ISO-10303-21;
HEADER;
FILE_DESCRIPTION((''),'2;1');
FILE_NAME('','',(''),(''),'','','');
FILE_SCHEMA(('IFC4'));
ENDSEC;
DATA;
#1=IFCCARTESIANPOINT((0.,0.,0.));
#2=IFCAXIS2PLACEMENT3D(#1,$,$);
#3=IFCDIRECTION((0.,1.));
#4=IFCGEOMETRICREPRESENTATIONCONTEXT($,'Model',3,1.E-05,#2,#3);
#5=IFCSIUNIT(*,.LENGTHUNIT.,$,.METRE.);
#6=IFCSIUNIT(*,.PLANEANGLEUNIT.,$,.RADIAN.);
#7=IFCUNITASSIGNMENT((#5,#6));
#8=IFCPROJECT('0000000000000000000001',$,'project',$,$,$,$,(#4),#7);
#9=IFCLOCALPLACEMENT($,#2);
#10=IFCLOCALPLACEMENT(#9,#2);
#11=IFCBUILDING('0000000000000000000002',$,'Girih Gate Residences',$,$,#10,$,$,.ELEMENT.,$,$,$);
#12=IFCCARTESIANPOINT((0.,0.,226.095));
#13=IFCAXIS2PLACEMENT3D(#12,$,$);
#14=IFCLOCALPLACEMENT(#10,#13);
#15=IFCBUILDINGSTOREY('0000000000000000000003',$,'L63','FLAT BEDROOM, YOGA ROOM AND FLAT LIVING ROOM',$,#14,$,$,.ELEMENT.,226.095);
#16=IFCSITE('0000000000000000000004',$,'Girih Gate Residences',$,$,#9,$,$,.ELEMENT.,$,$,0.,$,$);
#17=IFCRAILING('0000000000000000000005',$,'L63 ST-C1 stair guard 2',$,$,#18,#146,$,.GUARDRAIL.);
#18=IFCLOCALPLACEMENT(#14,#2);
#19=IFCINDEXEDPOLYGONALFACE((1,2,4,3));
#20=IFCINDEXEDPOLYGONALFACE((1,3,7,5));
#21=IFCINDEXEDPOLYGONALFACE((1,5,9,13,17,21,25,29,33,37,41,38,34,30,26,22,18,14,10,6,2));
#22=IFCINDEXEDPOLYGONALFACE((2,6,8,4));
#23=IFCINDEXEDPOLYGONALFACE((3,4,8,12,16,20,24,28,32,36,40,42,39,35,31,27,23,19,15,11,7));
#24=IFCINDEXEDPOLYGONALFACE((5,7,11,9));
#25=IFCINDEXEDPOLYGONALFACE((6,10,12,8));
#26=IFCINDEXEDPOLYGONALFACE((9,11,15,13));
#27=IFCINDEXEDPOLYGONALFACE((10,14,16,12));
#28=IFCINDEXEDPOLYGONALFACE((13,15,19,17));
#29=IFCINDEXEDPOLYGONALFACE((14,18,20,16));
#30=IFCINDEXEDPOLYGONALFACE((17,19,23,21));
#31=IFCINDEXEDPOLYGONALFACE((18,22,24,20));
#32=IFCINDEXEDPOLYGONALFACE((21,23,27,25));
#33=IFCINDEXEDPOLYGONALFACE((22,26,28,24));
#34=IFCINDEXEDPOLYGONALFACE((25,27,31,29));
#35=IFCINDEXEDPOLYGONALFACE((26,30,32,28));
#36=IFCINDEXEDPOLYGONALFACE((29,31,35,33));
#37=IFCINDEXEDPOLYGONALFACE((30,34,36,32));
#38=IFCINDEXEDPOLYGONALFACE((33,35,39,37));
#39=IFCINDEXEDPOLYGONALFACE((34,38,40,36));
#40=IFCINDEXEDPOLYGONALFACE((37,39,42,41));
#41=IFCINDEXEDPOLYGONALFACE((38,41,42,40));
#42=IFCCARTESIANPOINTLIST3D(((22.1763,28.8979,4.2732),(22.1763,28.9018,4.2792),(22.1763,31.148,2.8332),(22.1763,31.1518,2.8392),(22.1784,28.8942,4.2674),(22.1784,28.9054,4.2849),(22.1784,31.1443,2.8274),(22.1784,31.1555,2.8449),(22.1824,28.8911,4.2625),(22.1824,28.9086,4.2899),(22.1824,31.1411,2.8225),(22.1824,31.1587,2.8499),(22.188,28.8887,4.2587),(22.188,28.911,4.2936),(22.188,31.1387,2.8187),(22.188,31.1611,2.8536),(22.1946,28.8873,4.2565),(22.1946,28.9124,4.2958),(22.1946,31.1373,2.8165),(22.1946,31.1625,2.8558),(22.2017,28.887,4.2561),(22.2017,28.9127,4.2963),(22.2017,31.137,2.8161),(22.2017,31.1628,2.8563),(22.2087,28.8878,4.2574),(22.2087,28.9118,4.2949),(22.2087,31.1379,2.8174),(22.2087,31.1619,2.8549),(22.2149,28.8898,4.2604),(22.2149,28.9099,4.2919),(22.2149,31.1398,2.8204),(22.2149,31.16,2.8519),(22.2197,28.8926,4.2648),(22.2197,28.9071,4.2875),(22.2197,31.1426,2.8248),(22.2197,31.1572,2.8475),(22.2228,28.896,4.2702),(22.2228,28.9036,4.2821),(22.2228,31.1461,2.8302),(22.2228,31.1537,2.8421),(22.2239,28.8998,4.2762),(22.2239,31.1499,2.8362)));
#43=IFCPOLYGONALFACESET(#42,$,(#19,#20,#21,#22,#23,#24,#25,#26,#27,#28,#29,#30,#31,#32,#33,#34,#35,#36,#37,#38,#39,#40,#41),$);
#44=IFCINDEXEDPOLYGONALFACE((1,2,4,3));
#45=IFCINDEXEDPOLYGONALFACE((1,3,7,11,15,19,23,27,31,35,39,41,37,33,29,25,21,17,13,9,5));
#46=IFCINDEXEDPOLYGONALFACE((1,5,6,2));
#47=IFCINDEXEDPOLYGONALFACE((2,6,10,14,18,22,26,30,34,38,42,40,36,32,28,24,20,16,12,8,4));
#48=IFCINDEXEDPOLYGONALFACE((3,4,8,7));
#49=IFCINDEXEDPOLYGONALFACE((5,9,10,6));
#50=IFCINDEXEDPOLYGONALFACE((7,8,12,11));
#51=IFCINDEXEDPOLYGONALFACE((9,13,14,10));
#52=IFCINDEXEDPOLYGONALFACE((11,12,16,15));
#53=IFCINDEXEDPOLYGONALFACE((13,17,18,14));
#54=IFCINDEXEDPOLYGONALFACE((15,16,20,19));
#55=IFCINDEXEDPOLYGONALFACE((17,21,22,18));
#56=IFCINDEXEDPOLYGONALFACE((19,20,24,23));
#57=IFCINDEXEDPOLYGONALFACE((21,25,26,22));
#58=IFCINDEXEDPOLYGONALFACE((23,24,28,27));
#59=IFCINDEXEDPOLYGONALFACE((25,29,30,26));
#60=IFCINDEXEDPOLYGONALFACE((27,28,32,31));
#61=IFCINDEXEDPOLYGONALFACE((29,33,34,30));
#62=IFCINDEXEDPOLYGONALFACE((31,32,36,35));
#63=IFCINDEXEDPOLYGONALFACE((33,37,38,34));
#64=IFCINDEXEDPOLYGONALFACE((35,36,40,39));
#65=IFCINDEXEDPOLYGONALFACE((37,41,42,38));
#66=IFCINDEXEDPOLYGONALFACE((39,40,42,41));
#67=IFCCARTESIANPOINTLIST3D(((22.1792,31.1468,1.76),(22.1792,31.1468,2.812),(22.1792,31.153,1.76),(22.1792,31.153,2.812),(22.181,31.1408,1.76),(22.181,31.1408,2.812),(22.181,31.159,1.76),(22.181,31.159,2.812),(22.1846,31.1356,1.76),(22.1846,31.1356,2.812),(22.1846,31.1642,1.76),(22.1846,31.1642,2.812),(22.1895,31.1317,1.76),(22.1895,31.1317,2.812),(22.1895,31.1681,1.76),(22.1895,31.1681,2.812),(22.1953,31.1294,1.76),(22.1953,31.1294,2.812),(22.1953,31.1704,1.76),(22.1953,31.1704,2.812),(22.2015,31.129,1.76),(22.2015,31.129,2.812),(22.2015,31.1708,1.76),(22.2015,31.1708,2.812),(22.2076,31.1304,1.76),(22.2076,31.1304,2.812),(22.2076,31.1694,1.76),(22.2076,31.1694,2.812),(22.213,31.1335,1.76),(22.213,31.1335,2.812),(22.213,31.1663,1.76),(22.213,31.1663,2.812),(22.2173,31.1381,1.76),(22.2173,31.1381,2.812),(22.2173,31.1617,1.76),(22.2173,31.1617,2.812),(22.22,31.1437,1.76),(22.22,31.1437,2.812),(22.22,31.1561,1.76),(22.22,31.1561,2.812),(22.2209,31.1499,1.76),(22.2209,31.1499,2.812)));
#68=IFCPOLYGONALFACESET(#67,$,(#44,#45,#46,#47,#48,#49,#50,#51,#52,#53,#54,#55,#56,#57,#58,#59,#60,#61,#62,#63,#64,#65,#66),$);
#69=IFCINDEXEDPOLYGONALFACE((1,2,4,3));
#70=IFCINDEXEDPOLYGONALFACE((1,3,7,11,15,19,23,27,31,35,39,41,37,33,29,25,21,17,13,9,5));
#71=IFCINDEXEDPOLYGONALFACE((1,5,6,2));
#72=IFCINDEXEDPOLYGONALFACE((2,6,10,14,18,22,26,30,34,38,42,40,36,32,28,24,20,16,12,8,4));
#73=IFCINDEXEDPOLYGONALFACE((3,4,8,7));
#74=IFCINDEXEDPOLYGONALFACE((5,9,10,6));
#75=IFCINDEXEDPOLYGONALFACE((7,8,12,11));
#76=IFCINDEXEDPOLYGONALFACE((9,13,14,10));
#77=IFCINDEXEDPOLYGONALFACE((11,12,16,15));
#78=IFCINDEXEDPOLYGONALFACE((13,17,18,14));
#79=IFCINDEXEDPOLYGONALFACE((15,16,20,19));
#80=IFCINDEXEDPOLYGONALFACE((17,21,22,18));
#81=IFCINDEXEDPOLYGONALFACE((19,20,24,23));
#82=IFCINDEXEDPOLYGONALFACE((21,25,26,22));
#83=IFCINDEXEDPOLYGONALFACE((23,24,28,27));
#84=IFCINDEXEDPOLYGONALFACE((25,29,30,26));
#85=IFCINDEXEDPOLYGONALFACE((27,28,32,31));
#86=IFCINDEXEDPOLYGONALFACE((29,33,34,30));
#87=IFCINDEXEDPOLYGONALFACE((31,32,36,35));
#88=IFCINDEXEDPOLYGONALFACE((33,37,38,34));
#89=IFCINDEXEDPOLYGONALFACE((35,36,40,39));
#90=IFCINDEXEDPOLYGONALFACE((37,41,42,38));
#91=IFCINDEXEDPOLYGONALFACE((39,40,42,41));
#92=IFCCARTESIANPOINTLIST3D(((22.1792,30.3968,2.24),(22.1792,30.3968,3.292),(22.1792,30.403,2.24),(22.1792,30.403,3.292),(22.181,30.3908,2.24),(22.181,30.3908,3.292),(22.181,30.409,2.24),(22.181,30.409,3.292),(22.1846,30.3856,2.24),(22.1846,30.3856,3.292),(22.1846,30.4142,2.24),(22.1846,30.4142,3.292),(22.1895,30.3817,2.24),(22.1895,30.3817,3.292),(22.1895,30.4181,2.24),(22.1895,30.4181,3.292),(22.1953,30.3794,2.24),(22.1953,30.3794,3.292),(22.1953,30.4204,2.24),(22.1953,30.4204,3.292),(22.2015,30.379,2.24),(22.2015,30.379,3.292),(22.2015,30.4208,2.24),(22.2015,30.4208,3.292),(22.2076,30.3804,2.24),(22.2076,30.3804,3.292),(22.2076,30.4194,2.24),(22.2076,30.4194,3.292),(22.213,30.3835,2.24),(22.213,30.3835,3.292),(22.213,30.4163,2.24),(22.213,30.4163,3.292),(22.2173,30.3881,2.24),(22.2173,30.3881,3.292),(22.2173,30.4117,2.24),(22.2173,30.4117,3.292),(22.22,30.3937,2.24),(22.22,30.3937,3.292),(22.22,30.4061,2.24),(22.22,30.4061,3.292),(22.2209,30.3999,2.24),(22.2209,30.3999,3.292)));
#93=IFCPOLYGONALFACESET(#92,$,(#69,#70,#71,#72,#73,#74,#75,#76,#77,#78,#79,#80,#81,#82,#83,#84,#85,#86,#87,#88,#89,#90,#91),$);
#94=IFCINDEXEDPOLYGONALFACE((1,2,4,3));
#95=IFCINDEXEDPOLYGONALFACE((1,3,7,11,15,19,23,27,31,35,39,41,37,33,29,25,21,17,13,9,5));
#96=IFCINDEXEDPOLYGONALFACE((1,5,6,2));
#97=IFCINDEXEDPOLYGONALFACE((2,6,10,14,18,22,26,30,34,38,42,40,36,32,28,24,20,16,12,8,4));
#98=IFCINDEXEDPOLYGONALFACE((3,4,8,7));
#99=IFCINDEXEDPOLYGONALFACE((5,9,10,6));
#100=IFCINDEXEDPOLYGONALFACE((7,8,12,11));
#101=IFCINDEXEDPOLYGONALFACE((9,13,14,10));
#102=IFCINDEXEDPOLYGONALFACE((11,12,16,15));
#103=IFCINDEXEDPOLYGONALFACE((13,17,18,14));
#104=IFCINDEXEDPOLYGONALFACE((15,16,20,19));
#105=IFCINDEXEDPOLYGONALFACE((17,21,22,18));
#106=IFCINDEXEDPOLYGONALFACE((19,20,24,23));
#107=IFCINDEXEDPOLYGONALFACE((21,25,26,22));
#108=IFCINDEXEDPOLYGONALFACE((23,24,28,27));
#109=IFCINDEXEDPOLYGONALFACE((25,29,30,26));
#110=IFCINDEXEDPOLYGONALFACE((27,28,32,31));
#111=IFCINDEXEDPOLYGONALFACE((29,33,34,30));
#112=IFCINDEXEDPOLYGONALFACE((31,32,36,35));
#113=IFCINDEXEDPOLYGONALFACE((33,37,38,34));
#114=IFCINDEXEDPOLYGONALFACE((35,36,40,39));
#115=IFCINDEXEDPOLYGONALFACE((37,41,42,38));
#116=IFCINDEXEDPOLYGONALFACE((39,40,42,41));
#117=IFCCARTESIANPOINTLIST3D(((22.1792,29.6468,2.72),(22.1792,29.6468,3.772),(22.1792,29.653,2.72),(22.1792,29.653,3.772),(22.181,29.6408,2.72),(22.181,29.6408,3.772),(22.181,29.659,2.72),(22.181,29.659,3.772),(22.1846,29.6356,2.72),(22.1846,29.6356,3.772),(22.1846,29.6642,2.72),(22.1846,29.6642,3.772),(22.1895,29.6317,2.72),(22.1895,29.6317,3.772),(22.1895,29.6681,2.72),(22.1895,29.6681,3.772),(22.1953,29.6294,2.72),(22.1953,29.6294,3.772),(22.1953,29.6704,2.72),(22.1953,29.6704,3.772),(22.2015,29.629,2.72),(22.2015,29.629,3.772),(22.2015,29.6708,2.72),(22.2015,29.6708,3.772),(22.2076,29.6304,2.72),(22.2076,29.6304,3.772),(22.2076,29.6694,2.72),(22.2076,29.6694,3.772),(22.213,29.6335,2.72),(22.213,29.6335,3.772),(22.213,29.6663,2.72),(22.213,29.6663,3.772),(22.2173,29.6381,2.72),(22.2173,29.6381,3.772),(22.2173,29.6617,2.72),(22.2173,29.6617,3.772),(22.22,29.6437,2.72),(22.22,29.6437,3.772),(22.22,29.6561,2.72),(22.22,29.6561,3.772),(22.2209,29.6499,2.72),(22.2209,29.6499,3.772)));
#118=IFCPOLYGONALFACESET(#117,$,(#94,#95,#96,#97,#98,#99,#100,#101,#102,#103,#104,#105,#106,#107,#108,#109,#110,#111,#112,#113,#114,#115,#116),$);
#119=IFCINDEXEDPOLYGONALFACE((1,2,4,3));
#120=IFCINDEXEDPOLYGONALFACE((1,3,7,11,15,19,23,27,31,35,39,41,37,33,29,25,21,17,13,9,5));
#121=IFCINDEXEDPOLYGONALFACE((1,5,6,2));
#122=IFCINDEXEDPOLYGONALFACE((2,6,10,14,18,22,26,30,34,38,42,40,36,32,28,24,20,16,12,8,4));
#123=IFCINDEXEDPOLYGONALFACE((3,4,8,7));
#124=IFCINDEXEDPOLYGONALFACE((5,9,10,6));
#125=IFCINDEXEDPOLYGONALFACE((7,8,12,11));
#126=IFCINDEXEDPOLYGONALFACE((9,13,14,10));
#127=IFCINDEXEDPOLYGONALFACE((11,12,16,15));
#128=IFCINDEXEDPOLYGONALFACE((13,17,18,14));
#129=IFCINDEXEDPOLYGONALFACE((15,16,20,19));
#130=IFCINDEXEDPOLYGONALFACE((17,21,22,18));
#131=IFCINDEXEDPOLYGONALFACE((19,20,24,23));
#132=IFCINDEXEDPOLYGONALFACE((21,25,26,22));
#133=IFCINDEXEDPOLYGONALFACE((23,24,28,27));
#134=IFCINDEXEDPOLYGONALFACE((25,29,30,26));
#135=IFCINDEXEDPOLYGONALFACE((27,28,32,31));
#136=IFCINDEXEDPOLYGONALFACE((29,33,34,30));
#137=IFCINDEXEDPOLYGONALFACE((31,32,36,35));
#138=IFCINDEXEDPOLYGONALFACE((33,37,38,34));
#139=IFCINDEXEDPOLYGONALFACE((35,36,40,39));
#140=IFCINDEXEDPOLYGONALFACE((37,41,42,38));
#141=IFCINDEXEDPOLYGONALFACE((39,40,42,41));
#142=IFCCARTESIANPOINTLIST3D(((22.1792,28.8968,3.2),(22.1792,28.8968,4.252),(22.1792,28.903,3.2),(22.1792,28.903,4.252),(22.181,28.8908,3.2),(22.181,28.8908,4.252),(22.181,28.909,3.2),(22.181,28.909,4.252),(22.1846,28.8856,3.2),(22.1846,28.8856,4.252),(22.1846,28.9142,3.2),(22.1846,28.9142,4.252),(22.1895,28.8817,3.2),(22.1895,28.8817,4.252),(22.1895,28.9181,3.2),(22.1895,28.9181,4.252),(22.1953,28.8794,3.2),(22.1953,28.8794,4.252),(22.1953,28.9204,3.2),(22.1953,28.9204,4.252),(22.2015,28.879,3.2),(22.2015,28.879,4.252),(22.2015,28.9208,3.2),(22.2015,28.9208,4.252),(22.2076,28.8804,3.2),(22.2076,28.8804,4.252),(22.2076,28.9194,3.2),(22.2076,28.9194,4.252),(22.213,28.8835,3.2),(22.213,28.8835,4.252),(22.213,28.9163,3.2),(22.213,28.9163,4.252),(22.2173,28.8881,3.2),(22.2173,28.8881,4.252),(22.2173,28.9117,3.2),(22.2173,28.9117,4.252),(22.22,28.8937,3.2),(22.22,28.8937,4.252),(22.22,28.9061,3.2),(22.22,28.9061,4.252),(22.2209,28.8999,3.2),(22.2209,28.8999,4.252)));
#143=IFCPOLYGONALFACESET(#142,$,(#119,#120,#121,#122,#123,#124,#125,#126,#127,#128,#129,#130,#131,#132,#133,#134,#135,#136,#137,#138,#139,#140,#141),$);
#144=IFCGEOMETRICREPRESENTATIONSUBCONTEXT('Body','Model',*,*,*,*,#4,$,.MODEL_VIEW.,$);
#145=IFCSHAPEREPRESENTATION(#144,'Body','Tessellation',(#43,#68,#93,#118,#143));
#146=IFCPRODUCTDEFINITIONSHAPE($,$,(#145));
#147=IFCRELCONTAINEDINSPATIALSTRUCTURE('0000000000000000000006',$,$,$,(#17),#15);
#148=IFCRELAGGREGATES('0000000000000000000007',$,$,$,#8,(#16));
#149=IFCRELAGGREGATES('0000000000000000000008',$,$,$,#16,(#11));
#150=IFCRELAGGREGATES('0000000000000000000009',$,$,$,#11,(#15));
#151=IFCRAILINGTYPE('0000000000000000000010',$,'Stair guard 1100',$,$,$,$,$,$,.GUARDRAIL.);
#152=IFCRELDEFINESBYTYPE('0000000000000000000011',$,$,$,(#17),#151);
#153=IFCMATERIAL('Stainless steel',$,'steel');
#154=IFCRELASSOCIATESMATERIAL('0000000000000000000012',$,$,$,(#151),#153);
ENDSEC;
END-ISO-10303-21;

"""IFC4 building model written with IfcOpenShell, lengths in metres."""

from ifc_helpers import new_model, si_unit, direction, frame, origin, origin_2d, place, context, subcontext, project, spatial, circle, extrude, material, type_object, element, save


model = new_model("IFC4")

# Units and contexts
model_context = context("Model", 3, precision=1e-05, world=origin(), true_north=direction((0.0, 1.0)))
body_context = subcontext(model_context, "Body", "Model", "MODEL_VIEW")
ifc_project = project(units=[si_unit("LENGTHUNIT", "METRE"), si_unit("PLANEANGLEUNIT", "RADIAN")], contexts=[model_context])

# Site, building, storey
site_placement = place(None, origin())
site = spatial("IfcSite", under=ifc_project, at=site_placement, Name="Girih Gate Residences", CompositionType="ELEMENT", RefElevation=0.0)
building_placement = place(site_placement, origin())
building = spatial("IfcBuilding", under=site, at=building_placement, Name="Girih Gate Residences", CompositionType="ELEMENT")
storey_placement = place(building_placement, frame((0.0, 0.0, 226.095)))
storey = spatial("IfcBuildingStorey", under=building, at=storey_placement, Name="L63", Description="FLAT BEDROOM, YOGA ROOM AND FLAT LIVING ROOM", CompositionType="ELEMENT", Elevation=226.095)

# Railing
ifc_material_1 = material(Name="Stainless steel", Category="steel")
railing_type_1 = type_object("IfcRailingType", Name="Stair guard 1100", PredefinedType="GUARDRAIL", material=ifc_material_1)
railing_1_placement = place(storey_placement, frame((22.2, 31.1499, 1.76)))
element("IfcRailing", 1, at=railing_1_placement, inside=storey, type_object=railing_type_1, Name="L63 ST-C1 stair guard 2", PredefinedType="GUARDRAIL", context=body_context, shape_type="SweptSolid", body=[
    extrude(circle(Radius=0.0239, at=origin_2d()), frame((0.0, 0.0, 1.0762), z_axis=(0.0, -0.842281, 0.539038), x_axis=(1.0, 0.0, 0.0)), (0.0, 0.0, 1.0), 2.6714),
    extrude(circle(Radius=0.021, at=origin_2d()), origin(), (0.0, 0.0, 1.0), 1.052),
    extrude(circle(Radius=0.021, at=origin_2d()), frame((0.0, -0.75, 0.48)), (0.0, 0.0, 1.0), 1.052),
    extrude(circle(Radius=0.021, at=origin_2d()), frame((0.0, -1.5, 0.96)), (0.0, 0.0, 1.0), 1.052),
    extrude(circle(Radius=0.021, at=origin_2d()), frame((0.0, -2.25, 1.4399)), (0.0, 0.0, 1.0), 1.052),
])

save(model, "model.ifc")
